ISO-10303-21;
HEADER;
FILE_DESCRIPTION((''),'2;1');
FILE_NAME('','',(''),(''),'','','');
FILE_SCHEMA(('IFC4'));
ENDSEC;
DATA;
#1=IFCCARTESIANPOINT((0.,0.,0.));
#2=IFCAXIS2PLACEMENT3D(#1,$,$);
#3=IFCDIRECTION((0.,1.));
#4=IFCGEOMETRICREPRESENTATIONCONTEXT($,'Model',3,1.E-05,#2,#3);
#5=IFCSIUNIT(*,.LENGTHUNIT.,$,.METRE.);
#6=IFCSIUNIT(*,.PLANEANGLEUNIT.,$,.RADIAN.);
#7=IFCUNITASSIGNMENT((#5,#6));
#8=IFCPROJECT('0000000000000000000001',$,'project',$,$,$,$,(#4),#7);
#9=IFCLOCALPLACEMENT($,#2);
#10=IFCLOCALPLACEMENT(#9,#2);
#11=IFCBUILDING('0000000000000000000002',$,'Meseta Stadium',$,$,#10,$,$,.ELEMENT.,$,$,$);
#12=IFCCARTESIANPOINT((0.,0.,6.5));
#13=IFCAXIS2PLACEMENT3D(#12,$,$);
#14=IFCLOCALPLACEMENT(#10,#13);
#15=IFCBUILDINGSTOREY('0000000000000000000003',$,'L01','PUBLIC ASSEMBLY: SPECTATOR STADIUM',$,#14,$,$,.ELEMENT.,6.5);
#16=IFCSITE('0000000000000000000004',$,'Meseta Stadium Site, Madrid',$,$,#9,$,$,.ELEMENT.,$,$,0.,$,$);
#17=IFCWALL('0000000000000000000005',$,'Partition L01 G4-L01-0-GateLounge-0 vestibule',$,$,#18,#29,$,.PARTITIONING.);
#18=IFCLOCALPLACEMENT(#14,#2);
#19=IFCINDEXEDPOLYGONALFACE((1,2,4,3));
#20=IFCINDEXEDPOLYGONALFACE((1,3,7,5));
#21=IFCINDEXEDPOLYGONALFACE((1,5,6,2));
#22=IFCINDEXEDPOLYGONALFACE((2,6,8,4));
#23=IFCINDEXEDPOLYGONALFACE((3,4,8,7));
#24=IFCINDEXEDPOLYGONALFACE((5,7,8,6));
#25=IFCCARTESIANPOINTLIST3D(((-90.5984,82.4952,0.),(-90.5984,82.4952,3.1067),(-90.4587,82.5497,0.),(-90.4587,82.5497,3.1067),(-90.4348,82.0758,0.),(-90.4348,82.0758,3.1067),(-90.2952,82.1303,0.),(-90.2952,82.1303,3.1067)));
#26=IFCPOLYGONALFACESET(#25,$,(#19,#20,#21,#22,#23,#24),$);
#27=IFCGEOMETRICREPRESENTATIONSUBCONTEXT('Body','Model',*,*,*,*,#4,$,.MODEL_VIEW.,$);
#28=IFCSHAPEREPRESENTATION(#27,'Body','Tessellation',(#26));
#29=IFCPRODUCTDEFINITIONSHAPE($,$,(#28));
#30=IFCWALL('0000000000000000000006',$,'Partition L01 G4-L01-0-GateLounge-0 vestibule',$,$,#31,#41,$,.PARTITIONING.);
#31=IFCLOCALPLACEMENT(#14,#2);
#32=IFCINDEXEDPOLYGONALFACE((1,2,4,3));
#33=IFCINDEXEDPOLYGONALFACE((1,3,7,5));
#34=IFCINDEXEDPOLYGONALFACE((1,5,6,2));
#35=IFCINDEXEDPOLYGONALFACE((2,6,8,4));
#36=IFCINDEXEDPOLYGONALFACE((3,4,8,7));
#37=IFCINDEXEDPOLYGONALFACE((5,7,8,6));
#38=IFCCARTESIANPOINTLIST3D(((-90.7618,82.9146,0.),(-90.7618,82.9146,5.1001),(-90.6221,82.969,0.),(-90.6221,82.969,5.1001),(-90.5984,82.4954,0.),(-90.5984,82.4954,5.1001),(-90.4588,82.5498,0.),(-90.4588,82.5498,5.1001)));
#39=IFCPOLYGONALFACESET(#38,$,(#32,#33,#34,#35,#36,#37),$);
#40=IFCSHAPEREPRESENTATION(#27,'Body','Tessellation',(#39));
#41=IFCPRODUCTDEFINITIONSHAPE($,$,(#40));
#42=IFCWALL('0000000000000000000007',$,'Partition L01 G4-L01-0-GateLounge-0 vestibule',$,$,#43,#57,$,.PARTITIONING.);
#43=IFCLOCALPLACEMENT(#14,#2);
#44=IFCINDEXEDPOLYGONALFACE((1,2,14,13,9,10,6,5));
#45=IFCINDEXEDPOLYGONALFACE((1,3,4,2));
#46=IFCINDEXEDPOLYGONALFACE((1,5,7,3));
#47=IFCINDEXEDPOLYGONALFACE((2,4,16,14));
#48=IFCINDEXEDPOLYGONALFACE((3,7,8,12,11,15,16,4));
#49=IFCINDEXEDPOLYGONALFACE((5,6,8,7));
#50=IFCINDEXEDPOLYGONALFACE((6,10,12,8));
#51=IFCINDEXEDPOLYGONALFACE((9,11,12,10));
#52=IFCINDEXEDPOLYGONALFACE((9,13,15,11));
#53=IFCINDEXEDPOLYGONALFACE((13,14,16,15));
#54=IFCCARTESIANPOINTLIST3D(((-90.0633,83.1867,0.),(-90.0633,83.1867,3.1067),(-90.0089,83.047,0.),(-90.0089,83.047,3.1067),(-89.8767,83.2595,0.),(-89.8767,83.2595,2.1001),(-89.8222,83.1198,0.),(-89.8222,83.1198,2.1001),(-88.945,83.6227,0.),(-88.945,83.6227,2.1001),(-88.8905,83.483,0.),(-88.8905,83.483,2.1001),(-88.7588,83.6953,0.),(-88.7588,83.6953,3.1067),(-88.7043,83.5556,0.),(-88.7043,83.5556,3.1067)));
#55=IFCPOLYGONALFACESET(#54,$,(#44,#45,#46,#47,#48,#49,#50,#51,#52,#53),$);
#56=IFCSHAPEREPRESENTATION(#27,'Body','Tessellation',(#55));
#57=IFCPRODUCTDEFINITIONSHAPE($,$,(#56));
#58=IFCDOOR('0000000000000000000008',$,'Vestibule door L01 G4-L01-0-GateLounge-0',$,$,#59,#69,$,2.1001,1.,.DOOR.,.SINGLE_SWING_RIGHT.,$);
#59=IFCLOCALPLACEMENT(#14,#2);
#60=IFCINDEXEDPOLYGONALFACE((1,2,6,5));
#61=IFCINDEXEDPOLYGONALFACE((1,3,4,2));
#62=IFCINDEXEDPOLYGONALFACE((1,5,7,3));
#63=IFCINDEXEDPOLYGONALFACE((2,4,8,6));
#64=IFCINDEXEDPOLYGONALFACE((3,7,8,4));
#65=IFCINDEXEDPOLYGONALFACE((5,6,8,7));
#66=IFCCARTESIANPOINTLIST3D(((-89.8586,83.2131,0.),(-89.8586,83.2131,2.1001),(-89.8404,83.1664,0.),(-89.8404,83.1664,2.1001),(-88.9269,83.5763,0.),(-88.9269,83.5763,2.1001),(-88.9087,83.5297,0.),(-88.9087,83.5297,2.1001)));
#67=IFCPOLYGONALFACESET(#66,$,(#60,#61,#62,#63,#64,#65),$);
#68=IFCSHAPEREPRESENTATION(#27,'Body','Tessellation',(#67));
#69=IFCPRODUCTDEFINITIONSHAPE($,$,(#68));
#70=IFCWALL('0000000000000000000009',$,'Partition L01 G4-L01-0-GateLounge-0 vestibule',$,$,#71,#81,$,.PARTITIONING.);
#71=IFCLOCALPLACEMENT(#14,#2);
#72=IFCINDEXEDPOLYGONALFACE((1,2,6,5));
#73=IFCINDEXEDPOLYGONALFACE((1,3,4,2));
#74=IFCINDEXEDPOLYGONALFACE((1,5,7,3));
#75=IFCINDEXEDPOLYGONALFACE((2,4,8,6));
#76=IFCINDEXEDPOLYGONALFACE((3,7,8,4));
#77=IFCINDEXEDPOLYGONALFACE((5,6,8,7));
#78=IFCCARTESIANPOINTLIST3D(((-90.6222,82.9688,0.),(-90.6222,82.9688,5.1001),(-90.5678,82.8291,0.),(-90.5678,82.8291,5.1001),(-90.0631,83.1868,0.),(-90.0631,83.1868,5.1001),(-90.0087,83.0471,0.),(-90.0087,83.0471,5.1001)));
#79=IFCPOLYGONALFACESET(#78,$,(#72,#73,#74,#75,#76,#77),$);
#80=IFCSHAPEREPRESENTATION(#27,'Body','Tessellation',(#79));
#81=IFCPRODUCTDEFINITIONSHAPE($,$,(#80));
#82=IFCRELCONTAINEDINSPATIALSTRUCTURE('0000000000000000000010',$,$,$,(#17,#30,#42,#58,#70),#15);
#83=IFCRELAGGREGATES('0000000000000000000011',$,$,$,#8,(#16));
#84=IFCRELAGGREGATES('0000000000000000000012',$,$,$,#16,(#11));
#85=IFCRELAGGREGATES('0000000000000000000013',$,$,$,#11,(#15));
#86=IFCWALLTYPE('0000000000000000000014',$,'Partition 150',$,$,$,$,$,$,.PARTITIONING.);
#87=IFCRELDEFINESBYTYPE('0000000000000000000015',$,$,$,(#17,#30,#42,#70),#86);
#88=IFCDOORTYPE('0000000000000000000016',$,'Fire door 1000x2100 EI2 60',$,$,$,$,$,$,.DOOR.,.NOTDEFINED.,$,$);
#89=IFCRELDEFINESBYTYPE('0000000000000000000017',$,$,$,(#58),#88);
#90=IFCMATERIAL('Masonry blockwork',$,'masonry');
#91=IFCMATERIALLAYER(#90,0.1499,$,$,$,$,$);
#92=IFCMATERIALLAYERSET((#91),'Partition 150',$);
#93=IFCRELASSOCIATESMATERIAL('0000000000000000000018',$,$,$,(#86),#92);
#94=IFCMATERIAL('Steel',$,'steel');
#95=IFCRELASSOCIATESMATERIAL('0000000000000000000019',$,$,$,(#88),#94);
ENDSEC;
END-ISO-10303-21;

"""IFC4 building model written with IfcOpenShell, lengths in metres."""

from ifc_helpers import new_model, si_unit, direction, frame, frame_2d, origin, place, context, subcontext, project, spatial, rectangle, extrude, material, layer, layer_set, type_object, element, fill, save


model = new_model("IFC4")

# Units and contexts
model_context = context("Model", 3, precision=1e-05, world=origin(), true_north=direction((0.0, 1.0)))
body_context = subcontext(model_context, "Body", "Model", "MODEL_VIEW")
ifc_project = project(units=[si_unit("LENGTHUNIT", "METRE"), si_unit("PLANEANGLEUNIT", "RADIAN")], contexts=[model_context])

# Site, building, storey
site_placement = place(None, origin())
site = spatial("IfcSite", under=ifc_project, at=site_placement, Name="Meseta Stadium Site, Madrid", CompositionType="ELEMENT", RefElevation=0.0)
building_placement = place(site_placement, origin())
building = spatial("IfcBuilding", under=site, at=building_placement, Name="Meseta Stadium", CompositionType="ELEMENT")
storey_placement = place(building_placement, frame((0.0, 0.0, 6.5)))
storey = spatial("IfcBuildingStorey", under=building, at=storey_placement, Name="L01", Description="PUBLIC ASSEMBLY: SPECTATOR STADIUM", CompositionType="ELEMENT", Elevation=6.5)

# Walls
ifc_material_1 = material(Name="Masonry blockwork", Category="masonry")
ifc_layer_1 = layer(ifc_material_1, 0.1499)
ifc_layer_set_1 = layer_set([ifc_layer_1], Name="Partition 150")
wall_type_1 = type_object("IfcWallType", Name="Partition 150", PredefinedType="PARTITIONING", material=ifc_layer_set_1)
wall_1_placement = place(storey_placement, frame((-90.365, 82.103, 0.0), z_axis=(0.0, 0.0, 1.0), x_axis=(-0.363336, 0.931658, 0.0)))
element("IfcWall", 1, at=wall_1_placement, inside=storey, type_object=wall_type_1, Name="Partition L01 G4-L01-0-GateLounge-0 vestibule", PredefinedType="PARTITIONING", context=body_context, shape_type="SweptSolid", body=[
    extrude(rectangle(XDim=0.4502, YDim=0.1499, at=frame_2d((0.2251, 0.0))), origin(), (0.0, 0.0, 1.0), 3.1067),
])
wall_2_placement = place(storey_placement, frame((-90.5286, 82.5225, 0.0), z_axis=(0.0, 0.0, 1.0), x_axis=(-0.363049, 0.93177, 0.0)))
element("IfcWall", 2, at=wall_2_placement, inside=storey, type_object=wall_type_1, Name="Partition L01 G4-L01-0-GateLounge-0 vestibule", PredefinedType="PARTITIONING", context=body_context, shape_type="SweptSolid", body=[
    extrude(rectangle(XDim=0.45, YDim=0.1499, at=frame_2d((0.2251, 0.0))), origin(), (0.0, 0.0, 1.0), 5.1001),
])

# Wall, opening, door
wall_3_placement = place(storey_placement, frame((-88.7314, 83.6255, 0.0), z_axis=(0.0, 0.0, 1.0), x_axis=(-0.9317, -0.363229, 0.0)))
wall_3 = element("IfcWall", 3, at=wall_3_placement, inside=storey, type_object=wall_type_1, Name="Partition L01 G4-L01-0-GateLounge-0 vestibule", PredefinedType="PARTITIONING", context=body_context, shape_type="SweptSolid", body=[
    extrude(rectangle(XDim=1.4001, YDim=0.1499, at=frame_2d((0.7002, 0.0))), origin(), (0.0, 0.0, 1.0), 3.1067),
])
opening_placement = place(wall_3_placement, frame((0.2, 0.0, 0.0)))
opening = element("IfcOpeningElement", 4, at=opening_placement, cuts=wall_3, PredefinedType="OPENING", context=body_context, shape_type="SweptSolid", body=[
    extrude(rectangle(XDim=1.0, YDim=2.1001, at=frame_2d((0.5, 1.05))), frame((0.0, 0.085, 0.0), z_axis=(0.0, -1.0, 0.0), x_axis=(1.0, 0.0, 0.0)), (0.0, 0.0, 1.0), 0.1699),
])
ifc_material_2 = material(Name="Steel", Category="steel")
door_type = type_object("IfcDoorType", Name="Fire door 1000x2100 EI2 60", OperationType="NOTDEFINED", PredefinedType="DOOR", material=ifc_material_2)
door_placement = place(opening_placement, origin())
door = element("IfcDoor", 5, at=door_placement, inside=storey, type_object=door_type, Name="Vestibule door L01 G4-L01-0-GateLounge-0", OperationType="SINGLE_SWING_RIGHT", OverallHeight=2.1001, OverallWidth=1.0, PredefinedType="DOOR", context=body_context, shape_type="SweptSolid", body=[
    extrude(rectangle(XDim=1.0, YDim=2.1001, at=frame_2d((0.5, 1.05))), frame((0.0, 0.0249, 0.0), z_axis=(0.0, -1.0, 0.0), x_axis=(1.0, 0.0, 0.0)), (0.0, 0.0, 1.0), 0.05),
])
fill(opening, door)

# Wall
wall_4_placement = place(storey_placement, frame((-90.0359, 83.1169, 0.0), z_axis=(0.0, 0.0, 1.0), x_axis=(-0.931668, -0.36331, 0.0)))
element("IfcWall", 6, at=wall_4_placement, inside=storey, type_object=wall_type_1, Name="Partition L01 G4-L01-0-GateLounge-0 vestibule", PredefinedType="PARTITIONING", context=body_context, shape_type="SweptSolid", body=[
    extrude(rectangle(XDim=0.6001, YDim=0.1499, at=frame_2d((0.3, 0.0))), origin(), (0.0, 0.0, 1.0), 5.1001),
])

save(model, "model.ifc")
